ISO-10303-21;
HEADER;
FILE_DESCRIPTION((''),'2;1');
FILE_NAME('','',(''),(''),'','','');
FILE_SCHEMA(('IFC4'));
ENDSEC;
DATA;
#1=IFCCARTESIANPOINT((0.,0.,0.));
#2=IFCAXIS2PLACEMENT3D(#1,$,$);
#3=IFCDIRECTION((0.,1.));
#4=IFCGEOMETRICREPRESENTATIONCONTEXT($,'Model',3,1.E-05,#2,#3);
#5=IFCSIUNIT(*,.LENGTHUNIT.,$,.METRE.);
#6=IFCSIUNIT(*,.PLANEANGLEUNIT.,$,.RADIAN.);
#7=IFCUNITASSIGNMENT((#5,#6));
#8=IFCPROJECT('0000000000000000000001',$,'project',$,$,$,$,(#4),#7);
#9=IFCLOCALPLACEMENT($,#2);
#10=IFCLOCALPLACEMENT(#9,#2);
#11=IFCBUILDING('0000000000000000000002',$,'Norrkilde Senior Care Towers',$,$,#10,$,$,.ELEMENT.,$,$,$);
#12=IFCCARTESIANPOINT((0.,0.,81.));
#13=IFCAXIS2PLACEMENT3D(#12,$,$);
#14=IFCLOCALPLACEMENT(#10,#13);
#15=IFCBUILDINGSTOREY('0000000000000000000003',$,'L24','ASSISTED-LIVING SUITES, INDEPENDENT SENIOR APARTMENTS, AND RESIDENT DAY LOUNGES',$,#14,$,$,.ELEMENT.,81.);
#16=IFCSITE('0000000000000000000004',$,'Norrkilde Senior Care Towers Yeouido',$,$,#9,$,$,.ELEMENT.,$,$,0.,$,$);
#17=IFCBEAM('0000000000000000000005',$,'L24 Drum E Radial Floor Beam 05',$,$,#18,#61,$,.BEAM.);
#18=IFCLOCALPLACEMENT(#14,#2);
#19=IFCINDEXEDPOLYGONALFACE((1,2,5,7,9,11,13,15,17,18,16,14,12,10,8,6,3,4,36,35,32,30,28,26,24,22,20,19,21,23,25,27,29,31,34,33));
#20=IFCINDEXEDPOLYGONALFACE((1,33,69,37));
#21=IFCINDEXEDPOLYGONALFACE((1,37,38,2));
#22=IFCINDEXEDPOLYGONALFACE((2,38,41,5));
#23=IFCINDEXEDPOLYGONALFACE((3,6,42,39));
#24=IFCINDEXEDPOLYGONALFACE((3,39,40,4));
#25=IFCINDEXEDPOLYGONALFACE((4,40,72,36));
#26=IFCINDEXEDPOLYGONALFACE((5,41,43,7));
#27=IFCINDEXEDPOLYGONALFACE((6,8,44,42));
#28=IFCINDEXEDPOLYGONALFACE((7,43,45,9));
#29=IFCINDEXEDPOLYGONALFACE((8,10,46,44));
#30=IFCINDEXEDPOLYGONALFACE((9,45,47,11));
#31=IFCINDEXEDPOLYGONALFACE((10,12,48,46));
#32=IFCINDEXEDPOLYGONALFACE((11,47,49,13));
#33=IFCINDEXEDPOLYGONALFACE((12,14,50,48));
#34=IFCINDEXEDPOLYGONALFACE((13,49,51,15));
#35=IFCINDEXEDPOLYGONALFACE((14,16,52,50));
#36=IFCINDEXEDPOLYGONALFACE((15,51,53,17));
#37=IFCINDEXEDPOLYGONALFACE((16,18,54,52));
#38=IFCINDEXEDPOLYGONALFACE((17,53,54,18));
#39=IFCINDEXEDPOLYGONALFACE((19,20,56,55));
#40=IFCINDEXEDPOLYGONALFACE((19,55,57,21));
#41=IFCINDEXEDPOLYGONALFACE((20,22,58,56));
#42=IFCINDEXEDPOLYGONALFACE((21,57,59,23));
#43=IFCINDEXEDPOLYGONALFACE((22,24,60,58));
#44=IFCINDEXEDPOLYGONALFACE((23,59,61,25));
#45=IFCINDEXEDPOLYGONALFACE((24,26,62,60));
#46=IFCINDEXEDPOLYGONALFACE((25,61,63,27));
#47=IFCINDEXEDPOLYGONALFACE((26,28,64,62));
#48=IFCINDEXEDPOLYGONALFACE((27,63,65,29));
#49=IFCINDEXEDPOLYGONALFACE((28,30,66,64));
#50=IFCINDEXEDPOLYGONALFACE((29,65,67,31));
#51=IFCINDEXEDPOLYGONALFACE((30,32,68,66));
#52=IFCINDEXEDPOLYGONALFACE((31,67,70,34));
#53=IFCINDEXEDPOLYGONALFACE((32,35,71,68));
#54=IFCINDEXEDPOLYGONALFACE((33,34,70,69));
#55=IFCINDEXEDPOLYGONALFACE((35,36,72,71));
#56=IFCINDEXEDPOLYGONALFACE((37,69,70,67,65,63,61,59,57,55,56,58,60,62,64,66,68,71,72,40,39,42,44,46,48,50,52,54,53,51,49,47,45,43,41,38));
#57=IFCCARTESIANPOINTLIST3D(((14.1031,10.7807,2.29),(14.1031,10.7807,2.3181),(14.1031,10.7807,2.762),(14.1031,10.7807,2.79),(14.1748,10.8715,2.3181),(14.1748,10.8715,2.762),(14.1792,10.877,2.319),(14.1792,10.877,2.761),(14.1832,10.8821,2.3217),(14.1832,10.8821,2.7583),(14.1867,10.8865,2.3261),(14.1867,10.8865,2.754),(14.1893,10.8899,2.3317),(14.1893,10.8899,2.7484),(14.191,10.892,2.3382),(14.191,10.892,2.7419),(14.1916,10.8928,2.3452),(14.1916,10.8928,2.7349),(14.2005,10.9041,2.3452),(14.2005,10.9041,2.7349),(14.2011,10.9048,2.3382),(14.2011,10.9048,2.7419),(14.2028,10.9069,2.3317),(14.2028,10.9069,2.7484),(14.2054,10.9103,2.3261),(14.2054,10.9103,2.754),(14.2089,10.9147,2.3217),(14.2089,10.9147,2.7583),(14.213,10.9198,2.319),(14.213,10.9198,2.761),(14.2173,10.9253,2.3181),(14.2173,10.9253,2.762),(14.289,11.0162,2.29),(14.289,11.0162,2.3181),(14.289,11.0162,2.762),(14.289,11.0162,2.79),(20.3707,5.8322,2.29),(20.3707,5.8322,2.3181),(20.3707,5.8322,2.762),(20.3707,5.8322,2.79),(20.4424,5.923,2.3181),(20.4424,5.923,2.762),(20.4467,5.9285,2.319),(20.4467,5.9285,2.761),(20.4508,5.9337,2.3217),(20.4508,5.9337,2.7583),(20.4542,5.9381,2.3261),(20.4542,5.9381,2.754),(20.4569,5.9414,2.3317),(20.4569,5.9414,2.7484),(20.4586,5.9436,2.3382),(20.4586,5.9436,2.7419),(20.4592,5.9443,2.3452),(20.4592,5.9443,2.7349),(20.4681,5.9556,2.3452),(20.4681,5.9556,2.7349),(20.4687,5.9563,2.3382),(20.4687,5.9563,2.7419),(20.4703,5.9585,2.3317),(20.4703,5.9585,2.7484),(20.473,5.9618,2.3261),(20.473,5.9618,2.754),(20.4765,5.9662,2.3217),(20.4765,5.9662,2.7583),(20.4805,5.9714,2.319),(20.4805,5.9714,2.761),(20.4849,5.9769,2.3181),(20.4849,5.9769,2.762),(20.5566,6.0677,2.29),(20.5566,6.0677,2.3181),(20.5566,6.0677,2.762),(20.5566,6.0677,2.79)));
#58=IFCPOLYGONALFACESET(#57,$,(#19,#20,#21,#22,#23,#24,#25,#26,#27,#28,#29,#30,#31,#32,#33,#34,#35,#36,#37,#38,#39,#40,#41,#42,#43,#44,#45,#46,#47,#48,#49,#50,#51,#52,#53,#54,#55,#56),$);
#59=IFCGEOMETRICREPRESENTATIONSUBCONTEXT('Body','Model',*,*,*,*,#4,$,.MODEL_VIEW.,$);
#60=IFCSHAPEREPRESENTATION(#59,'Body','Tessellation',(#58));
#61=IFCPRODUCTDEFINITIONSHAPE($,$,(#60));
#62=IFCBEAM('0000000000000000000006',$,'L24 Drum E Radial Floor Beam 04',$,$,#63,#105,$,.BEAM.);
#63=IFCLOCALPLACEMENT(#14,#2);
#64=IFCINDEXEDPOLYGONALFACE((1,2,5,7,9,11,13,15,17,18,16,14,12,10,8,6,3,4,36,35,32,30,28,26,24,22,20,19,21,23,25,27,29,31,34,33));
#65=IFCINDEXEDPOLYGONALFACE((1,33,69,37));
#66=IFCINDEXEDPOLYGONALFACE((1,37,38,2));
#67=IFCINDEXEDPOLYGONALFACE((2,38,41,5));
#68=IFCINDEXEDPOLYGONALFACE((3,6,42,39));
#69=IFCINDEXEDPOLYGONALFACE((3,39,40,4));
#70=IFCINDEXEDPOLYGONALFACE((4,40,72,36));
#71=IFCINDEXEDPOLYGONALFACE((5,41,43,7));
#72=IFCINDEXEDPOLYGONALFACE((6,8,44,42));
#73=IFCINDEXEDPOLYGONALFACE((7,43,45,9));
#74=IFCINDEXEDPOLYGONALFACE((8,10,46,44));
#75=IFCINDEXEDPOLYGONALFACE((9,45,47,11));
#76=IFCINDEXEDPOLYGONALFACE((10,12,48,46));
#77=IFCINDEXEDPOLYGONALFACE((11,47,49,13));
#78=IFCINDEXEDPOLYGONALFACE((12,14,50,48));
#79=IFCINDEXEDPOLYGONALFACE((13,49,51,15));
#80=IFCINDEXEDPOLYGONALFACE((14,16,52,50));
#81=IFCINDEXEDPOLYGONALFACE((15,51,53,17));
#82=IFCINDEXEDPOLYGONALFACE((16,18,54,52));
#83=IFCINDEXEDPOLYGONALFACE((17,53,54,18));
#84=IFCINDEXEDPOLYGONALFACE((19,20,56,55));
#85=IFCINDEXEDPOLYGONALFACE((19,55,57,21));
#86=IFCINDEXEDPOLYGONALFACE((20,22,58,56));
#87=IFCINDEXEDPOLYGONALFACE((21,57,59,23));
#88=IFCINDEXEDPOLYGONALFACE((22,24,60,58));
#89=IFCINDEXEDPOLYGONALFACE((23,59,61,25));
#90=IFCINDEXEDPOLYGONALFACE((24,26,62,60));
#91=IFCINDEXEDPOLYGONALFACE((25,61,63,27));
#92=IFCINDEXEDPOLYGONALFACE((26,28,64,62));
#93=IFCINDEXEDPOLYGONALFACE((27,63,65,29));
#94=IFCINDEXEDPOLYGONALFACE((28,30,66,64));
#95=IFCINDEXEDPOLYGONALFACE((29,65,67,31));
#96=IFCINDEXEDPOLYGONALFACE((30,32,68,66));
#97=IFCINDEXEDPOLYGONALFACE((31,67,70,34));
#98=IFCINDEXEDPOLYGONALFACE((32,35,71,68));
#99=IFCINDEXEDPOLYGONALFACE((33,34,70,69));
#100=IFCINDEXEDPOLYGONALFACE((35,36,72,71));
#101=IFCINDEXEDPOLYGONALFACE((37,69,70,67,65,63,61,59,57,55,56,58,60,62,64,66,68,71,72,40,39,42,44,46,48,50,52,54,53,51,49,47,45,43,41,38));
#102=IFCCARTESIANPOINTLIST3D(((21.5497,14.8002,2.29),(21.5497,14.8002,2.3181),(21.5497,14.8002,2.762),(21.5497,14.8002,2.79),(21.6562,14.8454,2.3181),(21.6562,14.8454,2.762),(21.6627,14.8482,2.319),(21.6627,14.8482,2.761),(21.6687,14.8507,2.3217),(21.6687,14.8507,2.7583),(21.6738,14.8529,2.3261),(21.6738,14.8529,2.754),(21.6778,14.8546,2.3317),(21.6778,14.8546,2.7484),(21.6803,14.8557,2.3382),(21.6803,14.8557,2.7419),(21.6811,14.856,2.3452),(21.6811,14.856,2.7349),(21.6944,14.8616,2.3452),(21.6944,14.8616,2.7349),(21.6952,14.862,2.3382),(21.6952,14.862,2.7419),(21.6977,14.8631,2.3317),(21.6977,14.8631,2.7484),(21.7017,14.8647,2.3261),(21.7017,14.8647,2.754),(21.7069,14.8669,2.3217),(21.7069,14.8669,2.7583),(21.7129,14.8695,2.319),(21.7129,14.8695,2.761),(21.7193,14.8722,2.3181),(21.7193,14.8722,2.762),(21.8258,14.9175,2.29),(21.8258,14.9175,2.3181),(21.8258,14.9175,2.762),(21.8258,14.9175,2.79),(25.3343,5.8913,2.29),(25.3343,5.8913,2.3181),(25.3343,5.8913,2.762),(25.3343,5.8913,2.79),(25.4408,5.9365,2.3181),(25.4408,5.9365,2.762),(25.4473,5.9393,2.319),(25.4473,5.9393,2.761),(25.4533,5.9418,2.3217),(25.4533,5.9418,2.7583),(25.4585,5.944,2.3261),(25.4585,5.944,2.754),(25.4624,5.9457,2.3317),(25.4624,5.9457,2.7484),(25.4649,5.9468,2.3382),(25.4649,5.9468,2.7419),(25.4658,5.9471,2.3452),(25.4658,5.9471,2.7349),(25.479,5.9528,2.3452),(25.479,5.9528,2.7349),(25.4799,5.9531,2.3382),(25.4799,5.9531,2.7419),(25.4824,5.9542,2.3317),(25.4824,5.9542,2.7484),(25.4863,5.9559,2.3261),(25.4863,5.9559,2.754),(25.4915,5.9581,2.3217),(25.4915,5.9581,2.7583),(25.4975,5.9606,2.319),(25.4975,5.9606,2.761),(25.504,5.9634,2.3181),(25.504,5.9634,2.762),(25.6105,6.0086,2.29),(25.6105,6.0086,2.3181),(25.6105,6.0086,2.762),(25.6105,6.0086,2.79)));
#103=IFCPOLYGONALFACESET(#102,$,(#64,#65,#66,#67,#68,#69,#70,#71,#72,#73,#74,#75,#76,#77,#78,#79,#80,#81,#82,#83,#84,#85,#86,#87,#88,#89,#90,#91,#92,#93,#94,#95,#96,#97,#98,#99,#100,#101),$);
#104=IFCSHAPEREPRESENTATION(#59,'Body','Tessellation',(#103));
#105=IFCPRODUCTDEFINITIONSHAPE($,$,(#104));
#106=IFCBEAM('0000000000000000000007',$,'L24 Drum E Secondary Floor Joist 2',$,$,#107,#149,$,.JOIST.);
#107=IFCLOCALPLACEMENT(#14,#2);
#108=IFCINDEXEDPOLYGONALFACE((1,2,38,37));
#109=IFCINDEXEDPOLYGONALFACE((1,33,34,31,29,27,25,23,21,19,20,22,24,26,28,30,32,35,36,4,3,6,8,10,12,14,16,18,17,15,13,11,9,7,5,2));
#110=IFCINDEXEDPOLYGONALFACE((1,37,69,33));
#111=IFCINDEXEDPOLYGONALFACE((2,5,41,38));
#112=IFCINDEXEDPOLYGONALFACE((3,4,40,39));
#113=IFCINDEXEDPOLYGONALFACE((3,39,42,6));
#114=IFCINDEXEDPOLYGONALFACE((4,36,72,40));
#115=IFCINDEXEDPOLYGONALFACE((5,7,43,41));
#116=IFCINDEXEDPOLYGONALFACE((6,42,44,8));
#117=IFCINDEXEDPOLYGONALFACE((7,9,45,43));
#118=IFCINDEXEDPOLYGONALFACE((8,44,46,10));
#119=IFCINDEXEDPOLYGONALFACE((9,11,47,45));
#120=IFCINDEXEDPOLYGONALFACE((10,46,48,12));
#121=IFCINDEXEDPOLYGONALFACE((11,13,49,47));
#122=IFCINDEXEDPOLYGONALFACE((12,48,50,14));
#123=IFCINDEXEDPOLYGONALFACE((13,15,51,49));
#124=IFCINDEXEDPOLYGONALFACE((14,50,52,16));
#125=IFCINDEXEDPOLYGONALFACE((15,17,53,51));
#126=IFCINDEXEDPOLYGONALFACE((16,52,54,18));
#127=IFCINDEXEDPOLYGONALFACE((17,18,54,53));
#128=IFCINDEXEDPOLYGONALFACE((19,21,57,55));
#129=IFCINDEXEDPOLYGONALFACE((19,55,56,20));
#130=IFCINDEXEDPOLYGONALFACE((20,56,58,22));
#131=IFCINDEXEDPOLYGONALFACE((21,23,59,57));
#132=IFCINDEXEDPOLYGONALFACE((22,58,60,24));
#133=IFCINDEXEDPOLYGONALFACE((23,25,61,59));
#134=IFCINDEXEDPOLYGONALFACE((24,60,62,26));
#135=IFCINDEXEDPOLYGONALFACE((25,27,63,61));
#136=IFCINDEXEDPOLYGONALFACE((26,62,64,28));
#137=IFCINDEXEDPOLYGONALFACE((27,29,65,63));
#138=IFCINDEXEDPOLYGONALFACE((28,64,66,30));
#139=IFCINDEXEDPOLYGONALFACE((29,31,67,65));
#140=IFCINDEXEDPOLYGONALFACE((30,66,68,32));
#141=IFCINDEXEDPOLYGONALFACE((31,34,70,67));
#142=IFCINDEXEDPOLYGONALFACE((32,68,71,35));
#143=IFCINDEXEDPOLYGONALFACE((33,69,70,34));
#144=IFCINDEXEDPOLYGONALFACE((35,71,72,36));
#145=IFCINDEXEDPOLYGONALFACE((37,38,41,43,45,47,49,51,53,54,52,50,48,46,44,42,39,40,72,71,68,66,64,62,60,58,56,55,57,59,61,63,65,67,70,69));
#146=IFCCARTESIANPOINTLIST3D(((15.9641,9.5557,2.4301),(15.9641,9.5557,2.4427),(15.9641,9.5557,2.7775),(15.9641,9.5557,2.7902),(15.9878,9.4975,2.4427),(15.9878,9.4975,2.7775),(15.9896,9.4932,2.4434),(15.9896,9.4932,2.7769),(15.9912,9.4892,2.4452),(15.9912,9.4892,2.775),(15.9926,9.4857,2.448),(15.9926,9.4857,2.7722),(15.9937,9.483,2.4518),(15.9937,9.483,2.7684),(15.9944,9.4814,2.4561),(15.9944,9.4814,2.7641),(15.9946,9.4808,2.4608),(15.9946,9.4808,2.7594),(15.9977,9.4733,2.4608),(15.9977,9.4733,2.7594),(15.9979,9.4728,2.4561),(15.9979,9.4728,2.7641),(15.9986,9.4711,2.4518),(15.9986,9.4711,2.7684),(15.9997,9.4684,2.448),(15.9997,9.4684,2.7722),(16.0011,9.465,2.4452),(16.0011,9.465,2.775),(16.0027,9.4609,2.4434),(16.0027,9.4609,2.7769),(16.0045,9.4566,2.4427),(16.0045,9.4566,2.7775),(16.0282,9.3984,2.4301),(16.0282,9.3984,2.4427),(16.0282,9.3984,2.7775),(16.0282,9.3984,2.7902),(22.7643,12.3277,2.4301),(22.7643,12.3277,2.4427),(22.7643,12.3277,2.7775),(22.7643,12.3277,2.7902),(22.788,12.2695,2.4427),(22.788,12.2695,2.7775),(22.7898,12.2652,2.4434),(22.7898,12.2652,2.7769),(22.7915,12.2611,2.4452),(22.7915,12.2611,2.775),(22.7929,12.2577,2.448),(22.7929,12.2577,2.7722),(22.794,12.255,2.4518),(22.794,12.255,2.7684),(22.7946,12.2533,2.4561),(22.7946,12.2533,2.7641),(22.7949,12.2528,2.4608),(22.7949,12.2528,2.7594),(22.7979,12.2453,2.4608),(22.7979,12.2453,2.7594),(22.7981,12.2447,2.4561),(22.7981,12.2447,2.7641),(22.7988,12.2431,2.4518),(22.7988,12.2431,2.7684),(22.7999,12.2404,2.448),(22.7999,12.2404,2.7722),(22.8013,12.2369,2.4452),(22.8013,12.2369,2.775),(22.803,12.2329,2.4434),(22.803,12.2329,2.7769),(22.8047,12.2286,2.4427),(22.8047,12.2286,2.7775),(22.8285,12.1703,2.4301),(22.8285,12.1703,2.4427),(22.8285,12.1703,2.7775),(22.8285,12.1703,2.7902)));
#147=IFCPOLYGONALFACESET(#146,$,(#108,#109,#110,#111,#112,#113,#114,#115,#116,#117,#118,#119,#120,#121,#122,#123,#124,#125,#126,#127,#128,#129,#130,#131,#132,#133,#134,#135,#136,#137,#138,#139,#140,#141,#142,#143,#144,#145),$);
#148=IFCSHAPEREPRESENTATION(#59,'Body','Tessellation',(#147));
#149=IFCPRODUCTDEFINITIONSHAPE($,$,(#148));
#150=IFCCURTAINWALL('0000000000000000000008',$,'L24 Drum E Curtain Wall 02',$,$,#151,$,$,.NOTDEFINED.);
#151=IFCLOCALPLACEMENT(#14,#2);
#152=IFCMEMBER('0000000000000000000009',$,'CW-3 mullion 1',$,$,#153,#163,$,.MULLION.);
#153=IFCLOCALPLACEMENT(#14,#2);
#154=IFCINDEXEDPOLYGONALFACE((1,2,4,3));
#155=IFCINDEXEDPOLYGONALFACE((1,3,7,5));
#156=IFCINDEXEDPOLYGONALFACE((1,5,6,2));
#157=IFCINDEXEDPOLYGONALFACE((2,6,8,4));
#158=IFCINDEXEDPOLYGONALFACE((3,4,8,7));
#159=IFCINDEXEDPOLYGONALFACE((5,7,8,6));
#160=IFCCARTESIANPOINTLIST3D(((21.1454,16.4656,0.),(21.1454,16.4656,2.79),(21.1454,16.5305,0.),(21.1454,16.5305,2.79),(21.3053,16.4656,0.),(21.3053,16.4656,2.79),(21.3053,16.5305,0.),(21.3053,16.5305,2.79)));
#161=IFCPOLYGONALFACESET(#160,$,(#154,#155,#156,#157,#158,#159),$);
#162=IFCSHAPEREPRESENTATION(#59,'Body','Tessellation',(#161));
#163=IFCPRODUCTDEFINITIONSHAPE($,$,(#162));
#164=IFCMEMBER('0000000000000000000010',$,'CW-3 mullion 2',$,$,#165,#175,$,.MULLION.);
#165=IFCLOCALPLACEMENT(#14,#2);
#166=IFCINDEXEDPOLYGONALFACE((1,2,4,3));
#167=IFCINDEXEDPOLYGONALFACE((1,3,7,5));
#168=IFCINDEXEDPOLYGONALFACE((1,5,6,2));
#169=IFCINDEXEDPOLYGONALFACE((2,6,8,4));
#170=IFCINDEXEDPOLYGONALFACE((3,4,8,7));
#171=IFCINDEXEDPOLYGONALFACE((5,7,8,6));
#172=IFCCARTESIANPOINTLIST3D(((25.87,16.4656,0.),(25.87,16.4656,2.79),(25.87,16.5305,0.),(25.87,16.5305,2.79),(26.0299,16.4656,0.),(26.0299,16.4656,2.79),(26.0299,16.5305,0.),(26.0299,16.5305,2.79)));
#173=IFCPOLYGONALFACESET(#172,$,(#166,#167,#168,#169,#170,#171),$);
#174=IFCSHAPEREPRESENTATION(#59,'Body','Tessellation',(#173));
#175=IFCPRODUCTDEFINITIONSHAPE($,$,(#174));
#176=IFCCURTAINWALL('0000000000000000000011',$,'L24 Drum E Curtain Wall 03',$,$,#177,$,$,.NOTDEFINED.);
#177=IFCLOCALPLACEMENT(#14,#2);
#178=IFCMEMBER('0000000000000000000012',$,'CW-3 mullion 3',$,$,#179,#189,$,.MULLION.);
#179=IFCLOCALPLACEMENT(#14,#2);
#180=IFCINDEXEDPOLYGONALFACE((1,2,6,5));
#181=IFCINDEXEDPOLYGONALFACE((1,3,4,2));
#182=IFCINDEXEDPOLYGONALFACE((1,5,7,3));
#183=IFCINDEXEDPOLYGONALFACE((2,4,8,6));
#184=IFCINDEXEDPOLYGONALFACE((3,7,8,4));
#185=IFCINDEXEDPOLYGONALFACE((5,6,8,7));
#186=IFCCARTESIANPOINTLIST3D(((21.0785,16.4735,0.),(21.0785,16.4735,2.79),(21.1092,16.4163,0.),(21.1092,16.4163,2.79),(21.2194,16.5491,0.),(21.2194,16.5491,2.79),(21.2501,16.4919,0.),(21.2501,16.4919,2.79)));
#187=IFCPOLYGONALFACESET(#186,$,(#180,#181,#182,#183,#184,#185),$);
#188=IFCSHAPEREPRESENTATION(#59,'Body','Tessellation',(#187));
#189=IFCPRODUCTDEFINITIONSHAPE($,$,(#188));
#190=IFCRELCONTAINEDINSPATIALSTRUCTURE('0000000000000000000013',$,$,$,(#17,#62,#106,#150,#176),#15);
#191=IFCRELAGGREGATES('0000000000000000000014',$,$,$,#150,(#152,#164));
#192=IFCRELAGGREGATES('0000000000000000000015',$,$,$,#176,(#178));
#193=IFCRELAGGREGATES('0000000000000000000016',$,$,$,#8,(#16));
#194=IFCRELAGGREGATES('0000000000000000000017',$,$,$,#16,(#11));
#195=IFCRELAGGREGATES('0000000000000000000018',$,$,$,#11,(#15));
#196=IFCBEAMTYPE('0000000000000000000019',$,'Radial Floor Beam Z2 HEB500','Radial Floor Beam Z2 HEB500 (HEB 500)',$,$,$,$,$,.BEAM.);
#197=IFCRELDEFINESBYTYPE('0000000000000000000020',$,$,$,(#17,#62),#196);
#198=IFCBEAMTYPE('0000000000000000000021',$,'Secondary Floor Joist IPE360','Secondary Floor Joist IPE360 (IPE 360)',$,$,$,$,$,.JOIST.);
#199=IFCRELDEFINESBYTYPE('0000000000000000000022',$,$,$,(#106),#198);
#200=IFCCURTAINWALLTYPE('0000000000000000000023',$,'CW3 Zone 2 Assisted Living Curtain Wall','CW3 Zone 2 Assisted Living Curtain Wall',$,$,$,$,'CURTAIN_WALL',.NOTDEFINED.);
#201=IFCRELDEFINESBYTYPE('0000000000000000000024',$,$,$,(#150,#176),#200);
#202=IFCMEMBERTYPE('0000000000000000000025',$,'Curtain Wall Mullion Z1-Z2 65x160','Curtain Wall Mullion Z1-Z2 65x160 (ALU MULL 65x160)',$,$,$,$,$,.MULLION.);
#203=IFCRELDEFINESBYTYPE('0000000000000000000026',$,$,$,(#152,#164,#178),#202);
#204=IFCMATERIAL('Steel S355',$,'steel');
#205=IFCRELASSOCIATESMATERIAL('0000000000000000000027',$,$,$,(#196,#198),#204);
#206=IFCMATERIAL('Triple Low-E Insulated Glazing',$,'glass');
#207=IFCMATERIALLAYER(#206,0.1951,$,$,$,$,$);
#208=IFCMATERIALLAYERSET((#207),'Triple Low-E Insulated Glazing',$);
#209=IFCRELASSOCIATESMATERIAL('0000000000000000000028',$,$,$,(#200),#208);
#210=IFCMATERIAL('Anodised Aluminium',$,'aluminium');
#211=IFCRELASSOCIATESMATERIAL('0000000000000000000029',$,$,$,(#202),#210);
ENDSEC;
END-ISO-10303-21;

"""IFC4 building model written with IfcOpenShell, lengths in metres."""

from ifc_helpers import new_model, si_unit, direction, frame, origin, origin_2d, place, context, subcontext, project, spatial, rectangle, i_section, extrude, source, transform, mapped, material, layer, layer_set, material_profile, profile_set, type_object, type_shapes, element, aggregate, save


model = new_model("IFC4")

# Units and contexts
model_context = context("Model", 3, precision=1e-05, world=origin(), true_north=direction((0.0, 1.0)))
body_context = subcontext(model_context, "Body", "Model", "MODEL_VIEW")
ifc_project = project(units=[si_unit("LENGTHUNIT", "METRE"), si_unit("PLANEANGLEUNIT", "RADIAN")], contexts=[model_context])

# Site, building, storey
site_placement = place(None, origin())
site = spatial("IfcSite", under=ifc_project, at=site_placement, Name="Norrkilde Senior Care Towers Yeouido", CompositionType="ELEMENT", RefElevation=0.0)
building_placement = place(site_placement, origin())
building = spatial("IfcBuilding", under=site, at=building_placement, Name="Norrkilde Senior Care Towers", CompositionType="ELEMENT")
storey_placement = place(building_placement, frame((0.0, 0.0, 81.0)))
storey = spatial("IfcBuildingStorey", under=building, at=storey_placement, Name="L24", Description="ASSISTED-LIVING SUITES, INDEPENDENT SENIOR APARTMENTS, AND RESIDENT DAY LOUNGES", CompositionType="ELEMENT", Elevation=81.0)

# Beams
ifc_material_1 = material(Name="Steel S355", Category="steel")
ifc_material_profile_1 = material_profile(ifc_material_1, i_section(OverallWidth=0.3, OverallDepth=0.5, WebThickness=0.0144, FlangeThickness=0.0281, FilletRadius=0.0271, at=origin_2d()), Name="HEB 500")
ifc_profile_set_1 = profile_set([ifc_material_profile_1], Name="Steel S355")
beam_type_1 = type_object("IfcBeamType", Name="Radial Floor Beam Z2 HEB500", Description="Radial Floor Beam Z2 HEB500 (HEB 500)", PredefinedType="BEAM", material=ifc_profile_set_1)
shared_shape_1 = source(origin(), body_context, "Body", "SweptSolid", [
    extrude(i_section(OverallWidth=0.3, OverallDepth=0.5, WebThickness=0.0144, FlangeThickness=0.0281, FilletRadius=0.0271, at=origin_2d()), origin(), (0.0, 0.0, 1.0), 7.9856),
])
beam_1_placement = place(storey_placement, frame((20.4636, 5.95, 2.54), z_axis=(-0.784859, 0.619675, 0.0), x_axis=(-0.619675, -0.784859, 0.0)))
element("IfcBeam", 1, at=beam_1_placement, inside=storey, type_object=beam_type_1, Name="L24 Drum E Radial Floor Beam 05", PredefinedType="BEAM", context=body_context, shape_type="MappedRepresentation", body=[
    mapped(shared_shape_1, transform((0.0, 0.0, 0.0), x_axis=(1.0, 0.0, 0.0), y_axis=(0.0, 1.0, 0.0), z_axis=(0.0, 0.0, 1.0), scale=1.0)),
])
shared_shape_2 = source(origin(), body_context, "Body", "SweptSolid", [
    extrude(i_section(OverallWidth=0.3, OverallDepth=0.5, WebThickness=0.0144, FlangeThickness=0.0281, FilletRadius=0.0271, at=origin_2d()), origin(), (0.0, 0.0, 1.0), 9.6794),
])
beam_2_placement = place(storey_placement, frame((25.4724, 5.95, 2.54), z_axis=(-0.390998, 0.920392, 0.0), x_axis=(-0.920392, -0.390998, 0.0)))
element("IfcBeam", 2, at=beam_2_placement, inside=storey, type_object=beam_type_1, Name="L24 Drum E Radial Floor Beam 04", PredefinedType="BEAM", context=body_context, shape_type="MappedRepresentation", body=[
    mapped(shared_shape_2, transform((0.0, 0.0, 0.0), x_axis=(1.0, 0.0, 0.0), y_axis=(0.0, 1.0, 0.0), z_axis=(0.0, 0.0, 1.0), scale=1.0)),
])
ifc_material_profile_2 = material_profile(ifc_material_1, i_section(OverallWidth=0.1699, OverallDepth=0.3601, WebThickness=0.0081, FlangeThickness=0.0127, FilletRadius=0.0181, at=origin_2d()), Name="IPE 360")
ifc_profile_set_2 = profile_set([ifc_material_profile_2], Name="Steel S355")
beam_type_2 = type_object("IfcBeamType", Name="Secondary Floor Joist IPE360", Description="Secondary Floor Joist IPE360 (IPE 360)", PredefinedType="JOIST", material=ifc_profile_set_2)
shared_shape_3 = source(origin(), body_context, "Body", "SweptSolid", [
    extrude(i_section(OverallWidth=0.1699, OverallDepth=0.3601, WebThickness=0.0081, FlangeThickness=0.0127, FilletRadius=0.0181, at=origin_2d()), origin(), (0.0, 0.0, 1.0), 7.3435),
])
type_shapes(beam_type_2, [shared_shape_3])
beam_3_placement = place(storey_placement, frame((22.7964, 12.249, 2.6101), z_axis=(-0.926022, -0.37747, 0.0), x_axis=(0.37747, -0.926022, 0.0)))
element("IfcBeam", 3, at=beam_3_placement, inside=storey, type_object=beam_type_2, Name="L24 Drum E Secondary Floor Joist 2", PredefinedType="JOIST", context=body_context, shape_type="MappedRepresentation", body=[
    mapped(shared_shape_3, transform((0.0, 0.0, 0.0), x_axis=(1.0, 0.0, 0.0), y_axis=(0.0, 1.0, 0.0), z_axis=(0.0, 0.0, 1.0), scale=1.0)),
])

# Curtain wall, members
ifc_material_2 = material(Name="Triple Low-E Insulated Glazing", Category="glass")
ifc_layer_1 = layer(ifc_material_2, 0.1951)
ifc_layer_set_1 = layer_set([ifc_layer_1], Name="Triple Low-E Insulated Glazing")
curtain_wall_type = type_object("IfcCurtainWallType", Name="CW3 Zone 2 Assisted Living Curtain Wall", Description="CW3 Zone 2 Assisted Living Curtain Wall", ElementType="CURTAIN_WALL", PredefinedType="NOTDEFINED", material=ifc_layer_set_1)
curtain_wall_1_placement = place(storey_placement, origin())
curtain_wall_1 = element("IfcCurtainWall", 4, at=curtain_wall_1_placement, inside=storey, type_object=curtain_wall_type, Name="L24 Drum E Curtain Wall 02", PredefinedType="NOTDEFINED")
ifc_material_3 = material(Name="Anodised Aluminium", Category="aluminium")
ifc_material_profile_3 = material_profile(ifc_material_3, rectangle(XDim=0.0649, YDim=0.1599, at=origin_2d()), Name="ALU MULL 65x160")
ifc_profile_set_3 = profile_set([ifc_material_profile_3], Name="Anodised Aluminium")
member_type_1 = type_object("IfcMemberType", Name="Curtain Wall Mullion Z1-Z2 65x160", Description="Curtain Wall Mullion Z1-Z2 65x160 (ALU MULL 65x160)", PredefinedType="MULLION", material=ifc_profile_set_3)
shared_shape_4 = source(origin(), body_context, "Body", "SweptSolid", [
    extrude(rectangle(XDim=0.0649, YDim=0.1599, at=origin_2d()), origin(), (0.0, 0.0, 1.0), 2.79),
])
type_shapes(member_type_1, [shared_shape_4])
member_1_placement = place(storey_placement, frame((21.2253, 16.498, 0.0), z_axis=(0.0, 0.0, 1.0), x_axis=(0.0, 1.0, 0.0)))
member_1 = element("IfcMember", 5, at=member_1_placement, type_object=member_type_1, Name="CW-3 mullion 1", PredefinedType="MULLION", context=body_context, shape_type="MappedRepresentation", body=[
    mapped(shared_shape_4, transform((0.0, 0.0, 0.0), x_axis=(1.0, 0.0, 0.0), y_axis=(0.0, 1.0, 0.0), z_axis=(0.0, 0.0, 1.0), scale=1.0)),
])
member_2_placement = place(storey_placement, frame((25.95, 16.498, 0.0), z_axis=(0.0, 0.0, 1.0), x_axis=(0.0, 1.0, 0.0)))
member_2 = element("IfcMember", 6, at=member_2_placement, type_object=member_type_1, Name="CW-3 mullion 2", PredefinedType="MULLION", context=body_context, shape_type="MappedRepresentation", body=[
    mapped(shared_shape_4, transform((0.0, 0.0, 0.0), x_axis=(1.0, 0.0, 0.0), y_axis=(0.0, 1.0, 0.0), z_axis=(0.0, 0.0, 1.0), scale=1.0)),
])

# Curtain wall, member
curtain_wall_2_placement = place(storey_placement, origin())
curtain_wall_2 = element("IfcCurtainWall", 7, at=curtain_wall_2_placement, inside=storey, type_object=curtain_wall_type, Name="L24 Drum E Curtain Wall 03", PredefinedType="NOTDEFINED")
member_3_placement = place(storey_placement, frame((21.1643, 16.4827, 0.0), z_axis=(0.0, 0.0, 1.0), x_axis=(-0.472769, 0.881186, 0.0)))
member_3 = element("IfcMember", 8, at=member_3_placement, type_object=member_type_1, Name="CW-3 mullion 3", PredefinedType="MULLION", context=body_context, shape_type="MappedRepresentation", body=[
    mapped(shared_shape_4, transform((0.0, 0.0, 0.0), x_axis=(1.0, 0.0, 0.0), y_axis=(0.0, 1.0, 0.0), z_axis=(0.0, 0.0, 1.0), scale=1.0)),
])

aggregate(curtain_wall_1, [member_1, member_2])
aggregate(curtain_wall_2, [member_3])

save(model, "model.ifc")
